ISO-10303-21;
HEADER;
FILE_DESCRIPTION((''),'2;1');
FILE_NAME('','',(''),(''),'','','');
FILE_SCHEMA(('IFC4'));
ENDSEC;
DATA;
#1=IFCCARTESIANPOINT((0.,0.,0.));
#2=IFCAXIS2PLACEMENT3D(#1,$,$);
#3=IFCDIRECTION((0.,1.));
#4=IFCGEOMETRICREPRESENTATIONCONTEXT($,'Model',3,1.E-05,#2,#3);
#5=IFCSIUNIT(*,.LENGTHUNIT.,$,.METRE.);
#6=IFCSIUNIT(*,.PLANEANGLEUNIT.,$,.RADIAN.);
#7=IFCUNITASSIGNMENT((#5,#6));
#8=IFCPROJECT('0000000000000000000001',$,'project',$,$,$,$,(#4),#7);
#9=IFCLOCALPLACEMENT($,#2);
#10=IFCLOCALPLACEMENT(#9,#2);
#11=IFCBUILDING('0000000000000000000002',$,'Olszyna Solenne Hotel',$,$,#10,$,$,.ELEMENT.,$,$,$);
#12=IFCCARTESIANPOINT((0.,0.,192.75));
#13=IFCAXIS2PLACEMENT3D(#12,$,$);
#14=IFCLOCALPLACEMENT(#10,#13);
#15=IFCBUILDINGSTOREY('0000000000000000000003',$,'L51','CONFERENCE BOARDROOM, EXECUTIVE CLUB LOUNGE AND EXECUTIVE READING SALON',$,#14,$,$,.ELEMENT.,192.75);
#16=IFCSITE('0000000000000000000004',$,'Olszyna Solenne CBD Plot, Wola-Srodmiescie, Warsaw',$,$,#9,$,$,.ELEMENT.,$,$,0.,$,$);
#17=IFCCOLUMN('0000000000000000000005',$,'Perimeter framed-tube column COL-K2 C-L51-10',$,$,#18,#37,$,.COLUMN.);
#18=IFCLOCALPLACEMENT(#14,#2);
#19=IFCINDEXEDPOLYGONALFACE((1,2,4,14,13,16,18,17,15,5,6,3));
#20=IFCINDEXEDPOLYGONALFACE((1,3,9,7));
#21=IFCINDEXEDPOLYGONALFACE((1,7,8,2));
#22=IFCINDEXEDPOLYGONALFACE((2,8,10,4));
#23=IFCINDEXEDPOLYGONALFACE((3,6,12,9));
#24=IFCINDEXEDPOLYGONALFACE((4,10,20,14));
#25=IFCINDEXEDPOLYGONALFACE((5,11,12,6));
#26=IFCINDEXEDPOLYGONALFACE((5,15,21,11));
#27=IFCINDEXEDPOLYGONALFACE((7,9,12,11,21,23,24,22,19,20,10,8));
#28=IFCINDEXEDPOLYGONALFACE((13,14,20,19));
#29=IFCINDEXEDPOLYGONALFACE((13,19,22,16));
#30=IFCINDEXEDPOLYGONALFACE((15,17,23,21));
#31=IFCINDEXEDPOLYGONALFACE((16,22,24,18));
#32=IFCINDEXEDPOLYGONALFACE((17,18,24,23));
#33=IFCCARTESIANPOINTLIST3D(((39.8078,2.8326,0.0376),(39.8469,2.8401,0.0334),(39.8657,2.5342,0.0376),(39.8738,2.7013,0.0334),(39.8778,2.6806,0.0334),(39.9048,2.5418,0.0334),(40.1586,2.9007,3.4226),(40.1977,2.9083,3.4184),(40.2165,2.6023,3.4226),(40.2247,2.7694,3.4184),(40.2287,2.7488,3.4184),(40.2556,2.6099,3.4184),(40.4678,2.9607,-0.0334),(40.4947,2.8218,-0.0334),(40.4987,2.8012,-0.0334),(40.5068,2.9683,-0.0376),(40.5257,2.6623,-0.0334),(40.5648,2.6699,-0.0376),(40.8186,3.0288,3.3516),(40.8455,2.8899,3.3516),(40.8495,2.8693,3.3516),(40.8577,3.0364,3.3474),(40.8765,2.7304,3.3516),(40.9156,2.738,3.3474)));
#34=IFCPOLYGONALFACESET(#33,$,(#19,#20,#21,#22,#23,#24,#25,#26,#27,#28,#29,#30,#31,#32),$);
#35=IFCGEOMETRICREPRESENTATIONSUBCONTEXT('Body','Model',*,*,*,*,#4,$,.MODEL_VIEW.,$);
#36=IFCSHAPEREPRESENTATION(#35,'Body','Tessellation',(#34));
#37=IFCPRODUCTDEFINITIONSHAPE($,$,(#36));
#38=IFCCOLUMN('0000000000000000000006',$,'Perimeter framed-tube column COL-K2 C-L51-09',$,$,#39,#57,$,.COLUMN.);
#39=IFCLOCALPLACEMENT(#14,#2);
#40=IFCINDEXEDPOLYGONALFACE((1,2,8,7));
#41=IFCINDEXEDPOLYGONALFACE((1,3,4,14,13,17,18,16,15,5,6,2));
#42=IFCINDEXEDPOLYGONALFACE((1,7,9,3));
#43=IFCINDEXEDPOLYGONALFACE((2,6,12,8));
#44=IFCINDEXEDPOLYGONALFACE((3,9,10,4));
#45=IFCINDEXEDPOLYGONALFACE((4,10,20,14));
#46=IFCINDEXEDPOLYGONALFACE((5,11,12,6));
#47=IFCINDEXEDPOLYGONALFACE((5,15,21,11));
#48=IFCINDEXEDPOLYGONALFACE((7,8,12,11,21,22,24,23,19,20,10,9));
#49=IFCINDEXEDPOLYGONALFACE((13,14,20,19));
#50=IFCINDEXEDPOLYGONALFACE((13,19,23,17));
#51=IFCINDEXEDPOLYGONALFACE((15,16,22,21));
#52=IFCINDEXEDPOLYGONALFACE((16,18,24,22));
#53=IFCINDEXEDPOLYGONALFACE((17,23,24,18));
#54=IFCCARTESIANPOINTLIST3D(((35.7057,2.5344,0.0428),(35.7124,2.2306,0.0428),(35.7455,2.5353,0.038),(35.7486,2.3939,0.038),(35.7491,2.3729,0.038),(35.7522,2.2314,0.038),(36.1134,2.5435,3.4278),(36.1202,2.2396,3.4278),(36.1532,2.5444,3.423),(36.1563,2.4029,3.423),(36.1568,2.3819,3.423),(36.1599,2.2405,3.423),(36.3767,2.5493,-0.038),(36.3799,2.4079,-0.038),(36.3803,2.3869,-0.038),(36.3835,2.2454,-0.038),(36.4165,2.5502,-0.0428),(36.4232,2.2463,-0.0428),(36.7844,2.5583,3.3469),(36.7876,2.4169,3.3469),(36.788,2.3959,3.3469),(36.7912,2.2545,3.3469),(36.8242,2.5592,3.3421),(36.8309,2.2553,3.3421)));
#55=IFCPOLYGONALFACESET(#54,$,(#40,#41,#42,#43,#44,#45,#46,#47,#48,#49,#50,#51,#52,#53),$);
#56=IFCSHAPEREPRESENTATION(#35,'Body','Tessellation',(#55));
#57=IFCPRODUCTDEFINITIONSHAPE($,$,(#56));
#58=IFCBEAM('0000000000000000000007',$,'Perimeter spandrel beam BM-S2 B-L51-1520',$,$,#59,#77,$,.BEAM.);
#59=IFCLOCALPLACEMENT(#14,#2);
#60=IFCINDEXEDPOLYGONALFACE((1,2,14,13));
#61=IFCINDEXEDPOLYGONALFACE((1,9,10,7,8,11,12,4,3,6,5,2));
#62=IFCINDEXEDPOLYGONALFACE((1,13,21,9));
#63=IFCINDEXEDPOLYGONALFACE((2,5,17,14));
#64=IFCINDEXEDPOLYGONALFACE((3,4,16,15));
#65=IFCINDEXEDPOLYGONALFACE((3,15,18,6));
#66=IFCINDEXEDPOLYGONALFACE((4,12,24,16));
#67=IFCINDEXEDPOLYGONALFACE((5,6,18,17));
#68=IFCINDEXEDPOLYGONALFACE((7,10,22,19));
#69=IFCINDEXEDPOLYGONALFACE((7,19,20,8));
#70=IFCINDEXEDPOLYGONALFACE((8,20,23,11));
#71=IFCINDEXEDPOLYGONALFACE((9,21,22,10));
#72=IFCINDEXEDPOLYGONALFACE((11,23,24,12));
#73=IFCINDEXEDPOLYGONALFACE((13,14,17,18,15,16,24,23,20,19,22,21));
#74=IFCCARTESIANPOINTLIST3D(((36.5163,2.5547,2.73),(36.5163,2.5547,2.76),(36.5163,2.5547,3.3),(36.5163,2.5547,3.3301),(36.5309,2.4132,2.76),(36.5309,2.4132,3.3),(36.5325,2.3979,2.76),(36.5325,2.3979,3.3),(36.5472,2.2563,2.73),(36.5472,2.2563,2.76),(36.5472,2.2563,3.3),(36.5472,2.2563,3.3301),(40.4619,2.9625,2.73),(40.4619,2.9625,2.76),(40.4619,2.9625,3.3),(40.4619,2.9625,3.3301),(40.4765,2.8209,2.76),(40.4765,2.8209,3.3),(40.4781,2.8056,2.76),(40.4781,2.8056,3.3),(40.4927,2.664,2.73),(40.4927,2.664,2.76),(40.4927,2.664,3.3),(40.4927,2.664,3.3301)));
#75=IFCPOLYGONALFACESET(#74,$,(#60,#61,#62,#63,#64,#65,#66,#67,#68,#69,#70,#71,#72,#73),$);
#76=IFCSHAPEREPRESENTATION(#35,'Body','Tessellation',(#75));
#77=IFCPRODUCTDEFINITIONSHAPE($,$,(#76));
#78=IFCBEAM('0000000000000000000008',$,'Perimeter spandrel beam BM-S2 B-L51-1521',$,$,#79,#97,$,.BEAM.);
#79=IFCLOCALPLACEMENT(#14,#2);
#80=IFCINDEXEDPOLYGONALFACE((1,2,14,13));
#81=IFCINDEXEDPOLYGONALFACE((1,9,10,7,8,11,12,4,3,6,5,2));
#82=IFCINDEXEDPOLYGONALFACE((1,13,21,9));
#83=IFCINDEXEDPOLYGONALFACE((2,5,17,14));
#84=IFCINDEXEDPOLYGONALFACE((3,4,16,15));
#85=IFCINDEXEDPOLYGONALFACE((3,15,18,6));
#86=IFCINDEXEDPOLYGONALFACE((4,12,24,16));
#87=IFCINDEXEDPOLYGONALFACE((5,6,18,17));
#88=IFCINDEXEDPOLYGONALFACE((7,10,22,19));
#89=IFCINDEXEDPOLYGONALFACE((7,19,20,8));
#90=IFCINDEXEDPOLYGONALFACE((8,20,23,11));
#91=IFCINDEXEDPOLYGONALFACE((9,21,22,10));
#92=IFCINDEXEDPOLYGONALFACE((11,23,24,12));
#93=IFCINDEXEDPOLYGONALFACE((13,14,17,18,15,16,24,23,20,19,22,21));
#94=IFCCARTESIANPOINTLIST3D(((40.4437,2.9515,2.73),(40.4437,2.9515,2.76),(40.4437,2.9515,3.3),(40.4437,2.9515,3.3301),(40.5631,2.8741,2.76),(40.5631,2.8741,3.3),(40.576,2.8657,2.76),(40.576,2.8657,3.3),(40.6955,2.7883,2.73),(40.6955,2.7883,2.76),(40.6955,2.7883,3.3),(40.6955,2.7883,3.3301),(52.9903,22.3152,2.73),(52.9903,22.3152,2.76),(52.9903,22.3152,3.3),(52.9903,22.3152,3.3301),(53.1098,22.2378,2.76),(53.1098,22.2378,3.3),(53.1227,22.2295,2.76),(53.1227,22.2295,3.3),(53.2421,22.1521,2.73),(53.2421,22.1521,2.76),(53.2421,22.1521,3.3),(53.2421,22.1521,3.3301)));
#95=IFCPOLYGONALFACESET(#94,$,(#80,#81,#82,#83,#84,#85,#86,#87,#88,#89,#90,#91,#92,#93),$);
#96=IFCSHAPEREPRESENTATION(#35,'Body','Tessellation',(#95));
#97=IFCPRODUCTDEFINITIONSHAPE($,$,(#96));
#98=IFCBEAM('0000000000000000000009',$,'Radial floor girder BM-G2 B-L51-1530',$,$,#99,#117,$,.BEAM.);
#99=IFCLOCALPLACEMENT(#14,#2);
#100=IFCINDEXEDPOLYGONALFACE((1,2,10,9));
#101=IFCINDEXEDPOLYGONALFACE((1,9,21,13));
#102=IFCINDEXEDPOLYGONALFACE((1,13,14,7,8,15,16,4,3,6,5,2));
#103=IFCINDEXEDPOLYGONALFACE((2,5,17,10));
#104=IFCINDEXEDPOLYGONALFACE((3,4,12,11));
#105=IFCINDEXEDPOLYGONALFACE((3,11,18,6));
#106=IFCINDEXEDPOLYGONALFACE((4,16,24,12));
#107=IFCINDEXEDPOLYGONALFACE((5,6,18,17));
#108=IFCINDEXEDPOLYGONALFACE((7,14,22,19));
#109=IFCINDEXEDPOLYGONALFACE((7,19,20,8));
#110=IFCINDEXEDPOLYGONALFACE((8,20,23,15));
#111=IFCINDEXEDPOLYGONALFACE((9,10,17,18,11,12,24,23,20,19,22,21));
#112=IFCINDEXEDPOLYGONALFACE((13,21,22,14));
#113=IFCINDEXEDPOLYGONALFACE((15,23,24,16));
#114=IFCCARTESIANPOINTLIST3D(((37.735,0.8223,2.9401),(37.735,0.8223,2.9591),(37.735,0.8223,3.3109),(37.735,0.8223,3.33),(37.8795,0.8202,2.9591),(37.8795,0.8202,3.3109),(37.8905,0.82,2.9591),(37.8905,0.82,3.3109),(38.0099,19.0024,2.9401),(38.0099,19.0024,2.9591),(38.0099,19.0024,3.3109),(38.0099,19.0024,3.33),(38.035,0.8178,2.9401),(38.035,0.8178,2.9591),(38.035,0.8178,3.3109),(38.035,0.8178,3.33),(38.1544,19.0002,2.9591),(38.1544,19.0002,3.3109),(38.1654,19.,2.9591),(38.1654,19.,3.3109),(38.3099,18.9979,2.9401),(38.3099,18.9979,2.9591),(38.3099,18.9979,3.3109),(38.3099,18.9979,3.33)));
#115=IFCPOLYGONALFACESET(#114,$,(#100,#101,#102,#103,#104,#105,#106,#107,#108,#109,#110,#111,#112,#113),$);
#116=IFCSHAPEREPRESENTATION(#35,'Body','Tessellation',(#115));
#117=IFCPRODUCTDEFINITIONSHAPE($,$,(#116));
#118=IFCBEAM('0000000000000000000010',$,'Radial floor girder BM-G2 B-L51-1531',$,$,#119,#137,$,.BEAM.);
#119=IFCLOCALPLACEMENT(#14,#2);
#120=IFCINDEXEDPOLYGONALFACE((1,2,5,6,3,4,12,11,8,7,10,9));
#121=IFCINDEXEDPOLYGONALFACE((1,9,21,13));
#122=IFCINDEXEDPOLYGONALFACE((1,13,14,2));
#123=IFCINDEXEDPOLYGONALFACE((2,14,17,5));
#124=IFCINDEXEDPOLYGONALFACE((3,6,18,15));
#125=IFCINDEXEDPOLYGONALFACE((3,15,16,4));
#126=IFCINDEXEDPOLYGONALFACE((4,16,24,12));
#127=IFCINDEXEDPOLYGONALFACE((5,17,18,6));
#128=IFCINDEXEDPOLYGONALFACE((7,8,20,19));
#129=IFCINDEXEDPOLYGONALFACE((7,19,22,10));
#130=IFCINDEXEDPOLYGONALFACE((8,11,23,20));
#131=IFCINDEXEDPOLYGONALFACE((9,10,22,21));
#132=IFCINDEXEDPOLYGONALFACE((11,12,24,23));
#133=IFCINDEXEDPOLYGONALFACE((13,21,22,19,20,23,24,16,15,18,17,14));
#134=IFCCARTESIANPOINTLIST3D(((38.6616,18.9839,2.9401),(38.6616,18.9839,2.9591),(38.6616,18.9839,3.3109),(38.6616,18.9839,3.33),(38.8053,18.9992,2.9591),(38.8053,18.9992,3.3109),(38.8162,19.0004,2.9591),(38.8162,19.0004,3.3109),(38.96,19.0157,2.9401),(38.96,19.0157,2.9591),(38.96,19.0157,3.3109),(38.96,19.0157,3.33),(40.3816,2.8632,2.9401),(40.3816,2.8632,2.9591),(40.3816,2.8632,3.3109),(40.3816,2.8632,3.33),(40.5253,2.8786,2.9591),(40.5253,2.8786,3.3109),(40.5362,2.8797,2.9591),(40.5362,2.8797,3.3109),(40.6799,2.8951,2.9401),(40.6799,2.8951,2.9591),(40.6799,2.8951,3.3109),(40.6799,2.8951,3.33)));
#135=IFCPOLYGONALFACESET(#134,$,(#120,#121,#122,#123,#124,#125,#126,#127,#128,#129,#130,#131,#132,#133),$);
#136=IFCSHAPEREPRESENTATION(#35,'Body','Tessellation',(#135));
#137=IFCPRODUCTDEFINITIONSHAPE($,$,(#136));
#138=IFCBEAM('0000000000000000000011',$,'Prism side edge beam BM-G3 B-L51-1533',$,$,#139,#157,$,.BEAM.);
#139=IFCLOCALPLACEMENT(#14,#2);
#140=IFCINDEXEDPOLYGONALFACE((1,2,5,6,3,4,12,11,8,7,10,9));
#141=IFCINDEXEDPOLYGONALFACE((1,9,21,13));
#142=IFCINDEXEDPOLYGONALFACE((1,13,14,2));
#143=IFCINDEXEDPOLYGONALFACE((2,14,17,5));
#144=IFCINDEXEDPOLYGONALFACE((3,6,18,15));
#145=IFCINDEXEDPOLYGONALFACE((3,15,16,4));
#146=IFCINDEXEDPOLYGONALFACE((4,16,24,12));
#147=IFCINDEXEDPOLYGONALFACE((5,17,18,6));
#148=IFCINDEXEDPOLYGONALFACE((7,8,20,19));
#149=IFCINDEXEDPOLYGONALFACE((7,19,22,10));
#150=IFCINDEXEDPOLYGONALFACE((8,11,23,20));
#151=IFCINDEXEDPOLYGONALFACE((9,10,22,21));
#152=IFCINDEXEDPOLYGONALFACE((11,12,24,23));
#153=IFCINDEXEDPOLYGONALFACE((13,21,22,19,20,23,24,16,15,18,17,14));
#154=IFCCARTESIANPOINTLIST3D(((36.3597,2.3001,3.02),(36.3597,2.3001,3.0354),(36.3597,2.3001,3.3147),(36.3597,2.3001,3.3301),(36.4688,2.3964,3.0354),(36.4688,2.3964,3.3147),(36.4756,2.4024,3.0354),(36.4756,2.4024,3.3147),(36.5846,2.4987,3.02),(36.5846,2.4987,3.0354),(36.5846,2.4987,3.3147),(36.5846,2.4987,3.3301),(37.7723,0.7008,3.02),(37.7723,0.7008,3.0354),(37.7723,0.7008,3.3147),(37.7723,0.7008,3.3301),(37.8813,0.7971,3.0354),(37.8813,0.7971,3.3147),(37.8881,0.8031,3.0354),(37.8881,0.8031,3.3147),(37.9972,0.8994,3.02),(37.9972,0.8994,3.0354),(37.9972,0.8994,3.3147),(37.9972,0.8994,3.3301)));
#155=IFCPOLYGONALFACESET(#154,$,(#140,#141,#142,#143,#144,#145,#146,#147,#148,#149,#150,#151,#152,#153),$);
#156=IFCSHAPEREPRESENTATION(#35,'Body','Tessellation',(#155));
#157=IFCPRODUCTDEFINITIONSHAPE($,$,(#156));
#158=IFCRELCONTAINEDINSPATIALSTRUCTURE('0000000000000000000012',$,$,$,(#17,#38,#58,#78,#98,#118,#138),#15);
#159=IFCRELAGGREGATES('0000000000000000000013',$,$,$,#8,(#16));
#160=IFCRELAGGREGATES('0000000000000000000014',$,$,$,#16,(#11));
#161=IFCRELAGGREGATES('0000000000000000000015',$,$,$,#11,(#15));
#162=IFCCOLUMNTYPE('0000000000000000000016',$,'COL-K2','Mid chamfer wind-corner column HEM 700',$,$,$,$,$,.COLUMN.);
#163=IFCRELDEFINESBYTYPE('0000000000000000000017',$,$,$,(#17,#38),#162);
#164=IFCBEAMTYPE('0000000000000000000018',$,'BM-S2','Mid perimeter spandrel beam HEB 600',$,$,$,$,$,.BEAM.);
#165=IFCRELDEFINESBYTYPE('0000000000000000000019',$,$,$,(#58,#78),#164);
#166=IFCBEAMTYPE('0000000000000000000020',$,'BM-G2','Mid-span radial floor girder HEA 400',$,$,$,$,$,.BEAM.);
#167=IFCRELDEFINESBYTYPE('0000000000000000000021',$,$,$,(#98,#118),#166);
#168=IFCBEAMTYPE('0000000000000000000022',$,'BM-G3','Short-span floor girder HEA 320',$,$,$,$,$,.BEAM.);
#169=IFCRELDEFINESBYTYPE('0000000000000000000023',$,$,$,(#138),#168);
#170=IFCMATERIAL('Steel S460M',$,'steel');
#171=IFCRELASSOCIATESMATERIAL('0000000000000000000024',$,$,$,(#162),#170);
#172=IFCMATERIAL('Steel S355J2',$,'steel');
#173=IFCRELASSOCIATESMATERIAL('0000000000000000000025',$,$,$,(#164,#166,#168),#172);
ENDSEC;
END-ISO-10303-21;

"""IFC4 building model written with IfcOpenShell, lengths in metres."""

from ifc_helpers import new_model, si_unit, direction, frame, origin, origin_2d, place, context, subcontext, project, spatial, i_section, extrude, source, transform, mapped, material, material_profile, profile_set, type_object, element, save


model = new_model("IFC4")

# Units and contexts
model_context = context("Model", 3, precision=1e-05, world=origin(), true_north=direction((0.0, 1.0)))
body_context = subcontext(model_context, "Body", "Model", "MODEL_VIEW")
ifc_project = project(units=[si_unit("LENGTHUNIT", "METRE"), si_unit("PLANEANGLEUNIT", "RADIAN")], contexts=[model_context])

# Site, building, storey
site_placement = place(None, origin())
site = spatial("IfcSite", under=ifc_project, at=site_placement, Name="Olszyna Solenne CBD Plot, Wola-Srodmiescie, Warsaw", CompositionType="ELEMENT", RefElevation=0.0)
building_placement = place(site_placement, origin())
building = spatial("IfcBuilding", under=site, at=building_placement, Name="Olszyna Solenne Hotel", CompositionType="ELEMENT")
storey_placement = place(building_placement, frame((0.0, 0.0, 192.75)))
storey = spatial("IfcBuildingStorey", under=building, at=storey_placement, Name="L51", Description="CONFERENCE BOARDROOM, EXECUTIVE CLUB LOUNGE AND EXECUTIVE READING SALON", CompositionType="ELEMENT", Elevation=192.75)

# Columns
ifc_material_1 = material(Name="Steel S460M", Category="steel")
ifc_material_profile_1 = material_profile(ifc_material_1, i_section(OverallWidth=0.304, OverallDepth=0.7161, WebThickness=0.021, FlangeThickness=0.04, at=origin_2d()), Name="HEM 700", Category="load-bearing")
ifc_profile_set_1 = profile_set([ifc_material_profile_1], Name="Steel S460M")
column_type = type_object("IfcColumnType", Name="COL-K2", Description="Mid chamfer wind-corner column HEM 700", PredefinedType="COLUMN", material=ifc_profile_set_1)
shared_shape_1 = source(origin(), body_context, "Body", "SweptSolid", [
    extrude(i_section(OverallWidth=0.304, OverallDepth=0.7161, WebThickness=0.021, FlangeThickness=0.04, at=origin_2d()), origin(), (0.0, 0.0, 1.0), 3.4038),
])
column_1_placement = place(storey_placement, frame((40.1863, 2.7512, 0.0), z_axis=(0.103069, 0.020011, 0.994473), x_axis=(-0.190595, 0.981669, 0.0)))
element("IfcColumn", 1, at=column_1_placement, inside=storey, type_object=column_type, Name="Perimeter framed-tube column COL-K2 C-L51-10", PredefinedType="COLUMN", context=body_context, shape_type="MappedRepresentation", body=[
    mapped(shared_shape_1, transform((0.0, 0.0, 0.0), x_axis=(1.0, 0.0, 0.0), y_axis=(0.0, 1.0, 0.0), z_axis=(0.0, 0.0, 1.0), scale=1.0)),
])
shared_shape_2 = source(origin(), body_context, "Body", "SweptSolid", [
    extrude(i_section(OverallWidth=0.304, OverallDepth=0.7161, WebThickness=0.021, FlangeThickness=0.04, at=origin_2d()), origin(), (0.0, 0.0, 1.0), 3.4094),
])
column_2_placement = place(storey_placement, frame((36.0645, 2.3904, 0.0), z_axis=(0.119582, 0.002649, 0.992821), x_axis=(-0.02215, 0.999755, 0.0)))
element("IfcColumn", 2, at=column_2_placement, inside=storey, type_object=column_type, Name="Perimeter framed-tube column COL-K2 C-L51-09", PredefinedType="COLUMN", context=body_context, shape_type="MappedRepresentation", body=[
    mapped(shared_shape_2, transform((0.0, 0.0, 0.0), x_axis=(1.0, 0.0, 0.0), y_axis=(0.0, 1.0, 0.0), z_axis=(0.0, 0.0, 1.0), scale=1.0)),
])

# Beams
ifc_material_2 = material(Name="Steel S355J2", Category="steel")
ifc_material_profile_2 = material_profile(ifc_material_2, i_section(OverallWidth=0.3, OverallDepth=0.6001, WebThickness=0.0154, FlangeThickness=0.03, at=origin_2d()), Name="HEB 600", Category="load-bearing")
ifc_profile_set_2 = profile_set([ifc_material_profile_2], Name="Steel S355J2")
beam_type_1 = type_object("IfcBeamType", Name="BM-S2", Description="Mid perimeter spandrel beam HEB 600", PredefinedType="BEAM", material=ifc_profile_set_2)
shared_shape_3 = source(origin(), body_context, "Body", "SweptSolid", [
    extrude(i_section(OverallWidth=0.3, OverallDepth=0.6001, WebThickness=0.0154, FlangeThickness=0.03, at=origin_2d()), origin(), (0.0, 0.0, 1.0), 3.9666),
])
beam_1_placement = place(storey_placement, frame((36.5317, 2.4055, 3.03), z_axis=(0.994703, 0.102788, 0.0), x_axis=(-0.102788, 0.994703, 0.0)))
element("IfcBeam", 3, at=beam_1_placement, inside=storey, type_object=beam_type_1, Name="Perimeter spandrel beam BM-S2 B-L51-1520", PredefinedType="BEAM", context=body_context, shape_type="MappedRepresentation", body=[
    mapped(shared_shape_3, transform((0.0, 0.0, 0.0), x_axis=(1.0, 0.0, 0.0), y_axis=(0.0, 1.0, 0.0), z_axis=(0.0, 0.0, 1.0), scale=1.0)),
])
shared_shape_4 = source(origin(), body_context, "Body", "SweptSolid", [
    extrude(i_section(OverallWidth=0.3, OverallDepth=0.6001, WebThickness=0.0154, FlangeThickness=0.03, at=origin_2d()), origin(), (0.0, 0.0, 1.0), 23.0732),
])
beam_2_placement = place(storey_placement, frame((40.5696, 2.8699, 3.03), z_axis=(0.543775, 0.839231, 0.0), x_axis=(-0.839231, 0.543775, 0.0)))
element("IfcBeam", 4, at=beam_2_placement, inside=storey, type_object=beam_type_1, Name="Perimeter spandrel beam BM-S2 B-L51-1521", PredefinedType="BEAM", context=body_context, shape_type="MappedRepresentation", body=[
    mapped(shared_shape_4, transform((0.0, 0.0, 0.0), x_axis=(1.0, 0.0, 0.0), y_axis=(0.0, 1.0, 0.0), z_axis=(0.0, 0.0, 1.0), scale=1.0)),
])
ifc_material_profile_3 = material_profile(ifc_material_2, i_section(OverallWidth=0.3, OverallDepth=0.3899, WebThickness=0.011, FlangeThickness=0.019, at=origin_2d()), Name="HEA 400", Category="load-bearing")
ifc_profile_set_3 = profile_set([ifc_material_profile_3], Name="Steel S355J2")
beam_type_2 = type_object("IfcBeamType", Name="BM-G2", Description="Mid-span radial floor girder HEA 400", PredefinedType="BEAM", material=ifc_profile_set_3)
shared_shape_5 = source(origin(), body_context, "Body", "SweptSolid", [
    extrude(i_section(OverallWidth=0.3, OverallDepth=0.3899, WebThickness=0.011, FlangeThickness=0.019, at=origin_2d()), origin(), (0.0, 0.0, 1.0), 18.1821),
])
beam_3_placement = place(storey_placement, frame((37.885, 0.8201, 3.135), z_axis=(0.015119, 0.999886, 0.0), x_axis=(-0.999886, 0.015119, 0.0)))
element("IfcBeam", 5, at=beam_3_placement, inside=storey, type_object=beam_type_2, Name="Radial floor girder BM-G2 B-L51-1530", PredefinedType="BEAM", context=body_context, shape_type="MappedRepresentation", body=[
    mapped(shared_shape_5, transform((0.0, 0.0, 0.0), x_axis=(1.0, 0.0, 0.0), y_axis=(0.0, 1.0, 0.0), z_axis=(0.0, 0.0, 1.0), scale=1.0)),
])
shared_shape_6 = source(origin(), body_context, "Body", "SweptSolid", [
    extrude(i_section(OverallWidth=0.3, OverallDepth=0.3899, WebThickness=0.011, FlangeThickness=0.019, at=origin_2d()), origin(), (0.0, 0.0, 1.0), 16.2122),
])
beam_4_placement = place(storey_placement, frame((40.5308, 2.8792, 3.135), z_axis=(-0.106092, 0.994356, 0.0), x_axis=(-0.994356, -0.106092, 0.0)))
element("IfcBeam", 6, at=beam_4_placement, inside=storey, type_object=beam_type_2, Name="Radial floor girder BM-G2 B-L51-1531", PredefinedType="BEAM", context=body_context, shape_type="MappedRepresentation", body=[
    mapped(shared_shape_6, transform((0.0, 0.0, 0.0), x_axis=(1.0, 0.0, 0.0), y_axis=(0.0, 1.0, 0.0), z_axis=(0.0, 0.0, 1.0), scale=1.0)),
])
ifc_material_profile_4 = material_profile(ifc_material_2, i_section(OverallWidth=0.3, OverallDepth=0.3101, WebThickness=0.009, FlangeThickness=0.0154, at=origin_2d()), Name="HEA 320", Category="load-bearing")
ifc_profile_set_4 = profile_set([ifc_material_profile_4], Name="Steel S355J2")
beam_type_3 = type_object("IfcBeamType", Name="BM-G3", Description="Short-span floor girder HEA 320", PredefinedType="BEAM", material=ifc_profile_set_4)
shared_shape_7 = source(origin(), body_context, "Body", "SweptSolid", [
    extrude(i_section(OverallWidth=0.3, OverallDepth=0.3101, WebThickness=0.009, FlangeThickness=0.0154, at=origin_2d()), origin(), (0.0, 0.0, 1.0), 2.1338),
])
beam_5_placement = place(storey_placement, frame((36.4722, 2.3994, 3.175), z_axis=(0.661989, -0.749514, 0.0), x_axis=(0.749514, 0.661989, 0.0)))
element("IfcBeam", 7, at=beam_5_placement, inside=storey, type_object=beam_type_3, Name="Prism side edge beam BM-G3 B-L51-1533", PredefinedType="BEAM", context=body_context, shape_type="MappedRepresentation", body=[
    mapped(shared_shape_7, transform((0.0, 0.0, 0.0), x_axis=(1.0, 0.0, 0.0), y_axis=(0.0, 1.0, 0.0), z_axis=(0.0, 0.0, 1.0), scale=1.0)),
])

save(model, "model.ifc")
